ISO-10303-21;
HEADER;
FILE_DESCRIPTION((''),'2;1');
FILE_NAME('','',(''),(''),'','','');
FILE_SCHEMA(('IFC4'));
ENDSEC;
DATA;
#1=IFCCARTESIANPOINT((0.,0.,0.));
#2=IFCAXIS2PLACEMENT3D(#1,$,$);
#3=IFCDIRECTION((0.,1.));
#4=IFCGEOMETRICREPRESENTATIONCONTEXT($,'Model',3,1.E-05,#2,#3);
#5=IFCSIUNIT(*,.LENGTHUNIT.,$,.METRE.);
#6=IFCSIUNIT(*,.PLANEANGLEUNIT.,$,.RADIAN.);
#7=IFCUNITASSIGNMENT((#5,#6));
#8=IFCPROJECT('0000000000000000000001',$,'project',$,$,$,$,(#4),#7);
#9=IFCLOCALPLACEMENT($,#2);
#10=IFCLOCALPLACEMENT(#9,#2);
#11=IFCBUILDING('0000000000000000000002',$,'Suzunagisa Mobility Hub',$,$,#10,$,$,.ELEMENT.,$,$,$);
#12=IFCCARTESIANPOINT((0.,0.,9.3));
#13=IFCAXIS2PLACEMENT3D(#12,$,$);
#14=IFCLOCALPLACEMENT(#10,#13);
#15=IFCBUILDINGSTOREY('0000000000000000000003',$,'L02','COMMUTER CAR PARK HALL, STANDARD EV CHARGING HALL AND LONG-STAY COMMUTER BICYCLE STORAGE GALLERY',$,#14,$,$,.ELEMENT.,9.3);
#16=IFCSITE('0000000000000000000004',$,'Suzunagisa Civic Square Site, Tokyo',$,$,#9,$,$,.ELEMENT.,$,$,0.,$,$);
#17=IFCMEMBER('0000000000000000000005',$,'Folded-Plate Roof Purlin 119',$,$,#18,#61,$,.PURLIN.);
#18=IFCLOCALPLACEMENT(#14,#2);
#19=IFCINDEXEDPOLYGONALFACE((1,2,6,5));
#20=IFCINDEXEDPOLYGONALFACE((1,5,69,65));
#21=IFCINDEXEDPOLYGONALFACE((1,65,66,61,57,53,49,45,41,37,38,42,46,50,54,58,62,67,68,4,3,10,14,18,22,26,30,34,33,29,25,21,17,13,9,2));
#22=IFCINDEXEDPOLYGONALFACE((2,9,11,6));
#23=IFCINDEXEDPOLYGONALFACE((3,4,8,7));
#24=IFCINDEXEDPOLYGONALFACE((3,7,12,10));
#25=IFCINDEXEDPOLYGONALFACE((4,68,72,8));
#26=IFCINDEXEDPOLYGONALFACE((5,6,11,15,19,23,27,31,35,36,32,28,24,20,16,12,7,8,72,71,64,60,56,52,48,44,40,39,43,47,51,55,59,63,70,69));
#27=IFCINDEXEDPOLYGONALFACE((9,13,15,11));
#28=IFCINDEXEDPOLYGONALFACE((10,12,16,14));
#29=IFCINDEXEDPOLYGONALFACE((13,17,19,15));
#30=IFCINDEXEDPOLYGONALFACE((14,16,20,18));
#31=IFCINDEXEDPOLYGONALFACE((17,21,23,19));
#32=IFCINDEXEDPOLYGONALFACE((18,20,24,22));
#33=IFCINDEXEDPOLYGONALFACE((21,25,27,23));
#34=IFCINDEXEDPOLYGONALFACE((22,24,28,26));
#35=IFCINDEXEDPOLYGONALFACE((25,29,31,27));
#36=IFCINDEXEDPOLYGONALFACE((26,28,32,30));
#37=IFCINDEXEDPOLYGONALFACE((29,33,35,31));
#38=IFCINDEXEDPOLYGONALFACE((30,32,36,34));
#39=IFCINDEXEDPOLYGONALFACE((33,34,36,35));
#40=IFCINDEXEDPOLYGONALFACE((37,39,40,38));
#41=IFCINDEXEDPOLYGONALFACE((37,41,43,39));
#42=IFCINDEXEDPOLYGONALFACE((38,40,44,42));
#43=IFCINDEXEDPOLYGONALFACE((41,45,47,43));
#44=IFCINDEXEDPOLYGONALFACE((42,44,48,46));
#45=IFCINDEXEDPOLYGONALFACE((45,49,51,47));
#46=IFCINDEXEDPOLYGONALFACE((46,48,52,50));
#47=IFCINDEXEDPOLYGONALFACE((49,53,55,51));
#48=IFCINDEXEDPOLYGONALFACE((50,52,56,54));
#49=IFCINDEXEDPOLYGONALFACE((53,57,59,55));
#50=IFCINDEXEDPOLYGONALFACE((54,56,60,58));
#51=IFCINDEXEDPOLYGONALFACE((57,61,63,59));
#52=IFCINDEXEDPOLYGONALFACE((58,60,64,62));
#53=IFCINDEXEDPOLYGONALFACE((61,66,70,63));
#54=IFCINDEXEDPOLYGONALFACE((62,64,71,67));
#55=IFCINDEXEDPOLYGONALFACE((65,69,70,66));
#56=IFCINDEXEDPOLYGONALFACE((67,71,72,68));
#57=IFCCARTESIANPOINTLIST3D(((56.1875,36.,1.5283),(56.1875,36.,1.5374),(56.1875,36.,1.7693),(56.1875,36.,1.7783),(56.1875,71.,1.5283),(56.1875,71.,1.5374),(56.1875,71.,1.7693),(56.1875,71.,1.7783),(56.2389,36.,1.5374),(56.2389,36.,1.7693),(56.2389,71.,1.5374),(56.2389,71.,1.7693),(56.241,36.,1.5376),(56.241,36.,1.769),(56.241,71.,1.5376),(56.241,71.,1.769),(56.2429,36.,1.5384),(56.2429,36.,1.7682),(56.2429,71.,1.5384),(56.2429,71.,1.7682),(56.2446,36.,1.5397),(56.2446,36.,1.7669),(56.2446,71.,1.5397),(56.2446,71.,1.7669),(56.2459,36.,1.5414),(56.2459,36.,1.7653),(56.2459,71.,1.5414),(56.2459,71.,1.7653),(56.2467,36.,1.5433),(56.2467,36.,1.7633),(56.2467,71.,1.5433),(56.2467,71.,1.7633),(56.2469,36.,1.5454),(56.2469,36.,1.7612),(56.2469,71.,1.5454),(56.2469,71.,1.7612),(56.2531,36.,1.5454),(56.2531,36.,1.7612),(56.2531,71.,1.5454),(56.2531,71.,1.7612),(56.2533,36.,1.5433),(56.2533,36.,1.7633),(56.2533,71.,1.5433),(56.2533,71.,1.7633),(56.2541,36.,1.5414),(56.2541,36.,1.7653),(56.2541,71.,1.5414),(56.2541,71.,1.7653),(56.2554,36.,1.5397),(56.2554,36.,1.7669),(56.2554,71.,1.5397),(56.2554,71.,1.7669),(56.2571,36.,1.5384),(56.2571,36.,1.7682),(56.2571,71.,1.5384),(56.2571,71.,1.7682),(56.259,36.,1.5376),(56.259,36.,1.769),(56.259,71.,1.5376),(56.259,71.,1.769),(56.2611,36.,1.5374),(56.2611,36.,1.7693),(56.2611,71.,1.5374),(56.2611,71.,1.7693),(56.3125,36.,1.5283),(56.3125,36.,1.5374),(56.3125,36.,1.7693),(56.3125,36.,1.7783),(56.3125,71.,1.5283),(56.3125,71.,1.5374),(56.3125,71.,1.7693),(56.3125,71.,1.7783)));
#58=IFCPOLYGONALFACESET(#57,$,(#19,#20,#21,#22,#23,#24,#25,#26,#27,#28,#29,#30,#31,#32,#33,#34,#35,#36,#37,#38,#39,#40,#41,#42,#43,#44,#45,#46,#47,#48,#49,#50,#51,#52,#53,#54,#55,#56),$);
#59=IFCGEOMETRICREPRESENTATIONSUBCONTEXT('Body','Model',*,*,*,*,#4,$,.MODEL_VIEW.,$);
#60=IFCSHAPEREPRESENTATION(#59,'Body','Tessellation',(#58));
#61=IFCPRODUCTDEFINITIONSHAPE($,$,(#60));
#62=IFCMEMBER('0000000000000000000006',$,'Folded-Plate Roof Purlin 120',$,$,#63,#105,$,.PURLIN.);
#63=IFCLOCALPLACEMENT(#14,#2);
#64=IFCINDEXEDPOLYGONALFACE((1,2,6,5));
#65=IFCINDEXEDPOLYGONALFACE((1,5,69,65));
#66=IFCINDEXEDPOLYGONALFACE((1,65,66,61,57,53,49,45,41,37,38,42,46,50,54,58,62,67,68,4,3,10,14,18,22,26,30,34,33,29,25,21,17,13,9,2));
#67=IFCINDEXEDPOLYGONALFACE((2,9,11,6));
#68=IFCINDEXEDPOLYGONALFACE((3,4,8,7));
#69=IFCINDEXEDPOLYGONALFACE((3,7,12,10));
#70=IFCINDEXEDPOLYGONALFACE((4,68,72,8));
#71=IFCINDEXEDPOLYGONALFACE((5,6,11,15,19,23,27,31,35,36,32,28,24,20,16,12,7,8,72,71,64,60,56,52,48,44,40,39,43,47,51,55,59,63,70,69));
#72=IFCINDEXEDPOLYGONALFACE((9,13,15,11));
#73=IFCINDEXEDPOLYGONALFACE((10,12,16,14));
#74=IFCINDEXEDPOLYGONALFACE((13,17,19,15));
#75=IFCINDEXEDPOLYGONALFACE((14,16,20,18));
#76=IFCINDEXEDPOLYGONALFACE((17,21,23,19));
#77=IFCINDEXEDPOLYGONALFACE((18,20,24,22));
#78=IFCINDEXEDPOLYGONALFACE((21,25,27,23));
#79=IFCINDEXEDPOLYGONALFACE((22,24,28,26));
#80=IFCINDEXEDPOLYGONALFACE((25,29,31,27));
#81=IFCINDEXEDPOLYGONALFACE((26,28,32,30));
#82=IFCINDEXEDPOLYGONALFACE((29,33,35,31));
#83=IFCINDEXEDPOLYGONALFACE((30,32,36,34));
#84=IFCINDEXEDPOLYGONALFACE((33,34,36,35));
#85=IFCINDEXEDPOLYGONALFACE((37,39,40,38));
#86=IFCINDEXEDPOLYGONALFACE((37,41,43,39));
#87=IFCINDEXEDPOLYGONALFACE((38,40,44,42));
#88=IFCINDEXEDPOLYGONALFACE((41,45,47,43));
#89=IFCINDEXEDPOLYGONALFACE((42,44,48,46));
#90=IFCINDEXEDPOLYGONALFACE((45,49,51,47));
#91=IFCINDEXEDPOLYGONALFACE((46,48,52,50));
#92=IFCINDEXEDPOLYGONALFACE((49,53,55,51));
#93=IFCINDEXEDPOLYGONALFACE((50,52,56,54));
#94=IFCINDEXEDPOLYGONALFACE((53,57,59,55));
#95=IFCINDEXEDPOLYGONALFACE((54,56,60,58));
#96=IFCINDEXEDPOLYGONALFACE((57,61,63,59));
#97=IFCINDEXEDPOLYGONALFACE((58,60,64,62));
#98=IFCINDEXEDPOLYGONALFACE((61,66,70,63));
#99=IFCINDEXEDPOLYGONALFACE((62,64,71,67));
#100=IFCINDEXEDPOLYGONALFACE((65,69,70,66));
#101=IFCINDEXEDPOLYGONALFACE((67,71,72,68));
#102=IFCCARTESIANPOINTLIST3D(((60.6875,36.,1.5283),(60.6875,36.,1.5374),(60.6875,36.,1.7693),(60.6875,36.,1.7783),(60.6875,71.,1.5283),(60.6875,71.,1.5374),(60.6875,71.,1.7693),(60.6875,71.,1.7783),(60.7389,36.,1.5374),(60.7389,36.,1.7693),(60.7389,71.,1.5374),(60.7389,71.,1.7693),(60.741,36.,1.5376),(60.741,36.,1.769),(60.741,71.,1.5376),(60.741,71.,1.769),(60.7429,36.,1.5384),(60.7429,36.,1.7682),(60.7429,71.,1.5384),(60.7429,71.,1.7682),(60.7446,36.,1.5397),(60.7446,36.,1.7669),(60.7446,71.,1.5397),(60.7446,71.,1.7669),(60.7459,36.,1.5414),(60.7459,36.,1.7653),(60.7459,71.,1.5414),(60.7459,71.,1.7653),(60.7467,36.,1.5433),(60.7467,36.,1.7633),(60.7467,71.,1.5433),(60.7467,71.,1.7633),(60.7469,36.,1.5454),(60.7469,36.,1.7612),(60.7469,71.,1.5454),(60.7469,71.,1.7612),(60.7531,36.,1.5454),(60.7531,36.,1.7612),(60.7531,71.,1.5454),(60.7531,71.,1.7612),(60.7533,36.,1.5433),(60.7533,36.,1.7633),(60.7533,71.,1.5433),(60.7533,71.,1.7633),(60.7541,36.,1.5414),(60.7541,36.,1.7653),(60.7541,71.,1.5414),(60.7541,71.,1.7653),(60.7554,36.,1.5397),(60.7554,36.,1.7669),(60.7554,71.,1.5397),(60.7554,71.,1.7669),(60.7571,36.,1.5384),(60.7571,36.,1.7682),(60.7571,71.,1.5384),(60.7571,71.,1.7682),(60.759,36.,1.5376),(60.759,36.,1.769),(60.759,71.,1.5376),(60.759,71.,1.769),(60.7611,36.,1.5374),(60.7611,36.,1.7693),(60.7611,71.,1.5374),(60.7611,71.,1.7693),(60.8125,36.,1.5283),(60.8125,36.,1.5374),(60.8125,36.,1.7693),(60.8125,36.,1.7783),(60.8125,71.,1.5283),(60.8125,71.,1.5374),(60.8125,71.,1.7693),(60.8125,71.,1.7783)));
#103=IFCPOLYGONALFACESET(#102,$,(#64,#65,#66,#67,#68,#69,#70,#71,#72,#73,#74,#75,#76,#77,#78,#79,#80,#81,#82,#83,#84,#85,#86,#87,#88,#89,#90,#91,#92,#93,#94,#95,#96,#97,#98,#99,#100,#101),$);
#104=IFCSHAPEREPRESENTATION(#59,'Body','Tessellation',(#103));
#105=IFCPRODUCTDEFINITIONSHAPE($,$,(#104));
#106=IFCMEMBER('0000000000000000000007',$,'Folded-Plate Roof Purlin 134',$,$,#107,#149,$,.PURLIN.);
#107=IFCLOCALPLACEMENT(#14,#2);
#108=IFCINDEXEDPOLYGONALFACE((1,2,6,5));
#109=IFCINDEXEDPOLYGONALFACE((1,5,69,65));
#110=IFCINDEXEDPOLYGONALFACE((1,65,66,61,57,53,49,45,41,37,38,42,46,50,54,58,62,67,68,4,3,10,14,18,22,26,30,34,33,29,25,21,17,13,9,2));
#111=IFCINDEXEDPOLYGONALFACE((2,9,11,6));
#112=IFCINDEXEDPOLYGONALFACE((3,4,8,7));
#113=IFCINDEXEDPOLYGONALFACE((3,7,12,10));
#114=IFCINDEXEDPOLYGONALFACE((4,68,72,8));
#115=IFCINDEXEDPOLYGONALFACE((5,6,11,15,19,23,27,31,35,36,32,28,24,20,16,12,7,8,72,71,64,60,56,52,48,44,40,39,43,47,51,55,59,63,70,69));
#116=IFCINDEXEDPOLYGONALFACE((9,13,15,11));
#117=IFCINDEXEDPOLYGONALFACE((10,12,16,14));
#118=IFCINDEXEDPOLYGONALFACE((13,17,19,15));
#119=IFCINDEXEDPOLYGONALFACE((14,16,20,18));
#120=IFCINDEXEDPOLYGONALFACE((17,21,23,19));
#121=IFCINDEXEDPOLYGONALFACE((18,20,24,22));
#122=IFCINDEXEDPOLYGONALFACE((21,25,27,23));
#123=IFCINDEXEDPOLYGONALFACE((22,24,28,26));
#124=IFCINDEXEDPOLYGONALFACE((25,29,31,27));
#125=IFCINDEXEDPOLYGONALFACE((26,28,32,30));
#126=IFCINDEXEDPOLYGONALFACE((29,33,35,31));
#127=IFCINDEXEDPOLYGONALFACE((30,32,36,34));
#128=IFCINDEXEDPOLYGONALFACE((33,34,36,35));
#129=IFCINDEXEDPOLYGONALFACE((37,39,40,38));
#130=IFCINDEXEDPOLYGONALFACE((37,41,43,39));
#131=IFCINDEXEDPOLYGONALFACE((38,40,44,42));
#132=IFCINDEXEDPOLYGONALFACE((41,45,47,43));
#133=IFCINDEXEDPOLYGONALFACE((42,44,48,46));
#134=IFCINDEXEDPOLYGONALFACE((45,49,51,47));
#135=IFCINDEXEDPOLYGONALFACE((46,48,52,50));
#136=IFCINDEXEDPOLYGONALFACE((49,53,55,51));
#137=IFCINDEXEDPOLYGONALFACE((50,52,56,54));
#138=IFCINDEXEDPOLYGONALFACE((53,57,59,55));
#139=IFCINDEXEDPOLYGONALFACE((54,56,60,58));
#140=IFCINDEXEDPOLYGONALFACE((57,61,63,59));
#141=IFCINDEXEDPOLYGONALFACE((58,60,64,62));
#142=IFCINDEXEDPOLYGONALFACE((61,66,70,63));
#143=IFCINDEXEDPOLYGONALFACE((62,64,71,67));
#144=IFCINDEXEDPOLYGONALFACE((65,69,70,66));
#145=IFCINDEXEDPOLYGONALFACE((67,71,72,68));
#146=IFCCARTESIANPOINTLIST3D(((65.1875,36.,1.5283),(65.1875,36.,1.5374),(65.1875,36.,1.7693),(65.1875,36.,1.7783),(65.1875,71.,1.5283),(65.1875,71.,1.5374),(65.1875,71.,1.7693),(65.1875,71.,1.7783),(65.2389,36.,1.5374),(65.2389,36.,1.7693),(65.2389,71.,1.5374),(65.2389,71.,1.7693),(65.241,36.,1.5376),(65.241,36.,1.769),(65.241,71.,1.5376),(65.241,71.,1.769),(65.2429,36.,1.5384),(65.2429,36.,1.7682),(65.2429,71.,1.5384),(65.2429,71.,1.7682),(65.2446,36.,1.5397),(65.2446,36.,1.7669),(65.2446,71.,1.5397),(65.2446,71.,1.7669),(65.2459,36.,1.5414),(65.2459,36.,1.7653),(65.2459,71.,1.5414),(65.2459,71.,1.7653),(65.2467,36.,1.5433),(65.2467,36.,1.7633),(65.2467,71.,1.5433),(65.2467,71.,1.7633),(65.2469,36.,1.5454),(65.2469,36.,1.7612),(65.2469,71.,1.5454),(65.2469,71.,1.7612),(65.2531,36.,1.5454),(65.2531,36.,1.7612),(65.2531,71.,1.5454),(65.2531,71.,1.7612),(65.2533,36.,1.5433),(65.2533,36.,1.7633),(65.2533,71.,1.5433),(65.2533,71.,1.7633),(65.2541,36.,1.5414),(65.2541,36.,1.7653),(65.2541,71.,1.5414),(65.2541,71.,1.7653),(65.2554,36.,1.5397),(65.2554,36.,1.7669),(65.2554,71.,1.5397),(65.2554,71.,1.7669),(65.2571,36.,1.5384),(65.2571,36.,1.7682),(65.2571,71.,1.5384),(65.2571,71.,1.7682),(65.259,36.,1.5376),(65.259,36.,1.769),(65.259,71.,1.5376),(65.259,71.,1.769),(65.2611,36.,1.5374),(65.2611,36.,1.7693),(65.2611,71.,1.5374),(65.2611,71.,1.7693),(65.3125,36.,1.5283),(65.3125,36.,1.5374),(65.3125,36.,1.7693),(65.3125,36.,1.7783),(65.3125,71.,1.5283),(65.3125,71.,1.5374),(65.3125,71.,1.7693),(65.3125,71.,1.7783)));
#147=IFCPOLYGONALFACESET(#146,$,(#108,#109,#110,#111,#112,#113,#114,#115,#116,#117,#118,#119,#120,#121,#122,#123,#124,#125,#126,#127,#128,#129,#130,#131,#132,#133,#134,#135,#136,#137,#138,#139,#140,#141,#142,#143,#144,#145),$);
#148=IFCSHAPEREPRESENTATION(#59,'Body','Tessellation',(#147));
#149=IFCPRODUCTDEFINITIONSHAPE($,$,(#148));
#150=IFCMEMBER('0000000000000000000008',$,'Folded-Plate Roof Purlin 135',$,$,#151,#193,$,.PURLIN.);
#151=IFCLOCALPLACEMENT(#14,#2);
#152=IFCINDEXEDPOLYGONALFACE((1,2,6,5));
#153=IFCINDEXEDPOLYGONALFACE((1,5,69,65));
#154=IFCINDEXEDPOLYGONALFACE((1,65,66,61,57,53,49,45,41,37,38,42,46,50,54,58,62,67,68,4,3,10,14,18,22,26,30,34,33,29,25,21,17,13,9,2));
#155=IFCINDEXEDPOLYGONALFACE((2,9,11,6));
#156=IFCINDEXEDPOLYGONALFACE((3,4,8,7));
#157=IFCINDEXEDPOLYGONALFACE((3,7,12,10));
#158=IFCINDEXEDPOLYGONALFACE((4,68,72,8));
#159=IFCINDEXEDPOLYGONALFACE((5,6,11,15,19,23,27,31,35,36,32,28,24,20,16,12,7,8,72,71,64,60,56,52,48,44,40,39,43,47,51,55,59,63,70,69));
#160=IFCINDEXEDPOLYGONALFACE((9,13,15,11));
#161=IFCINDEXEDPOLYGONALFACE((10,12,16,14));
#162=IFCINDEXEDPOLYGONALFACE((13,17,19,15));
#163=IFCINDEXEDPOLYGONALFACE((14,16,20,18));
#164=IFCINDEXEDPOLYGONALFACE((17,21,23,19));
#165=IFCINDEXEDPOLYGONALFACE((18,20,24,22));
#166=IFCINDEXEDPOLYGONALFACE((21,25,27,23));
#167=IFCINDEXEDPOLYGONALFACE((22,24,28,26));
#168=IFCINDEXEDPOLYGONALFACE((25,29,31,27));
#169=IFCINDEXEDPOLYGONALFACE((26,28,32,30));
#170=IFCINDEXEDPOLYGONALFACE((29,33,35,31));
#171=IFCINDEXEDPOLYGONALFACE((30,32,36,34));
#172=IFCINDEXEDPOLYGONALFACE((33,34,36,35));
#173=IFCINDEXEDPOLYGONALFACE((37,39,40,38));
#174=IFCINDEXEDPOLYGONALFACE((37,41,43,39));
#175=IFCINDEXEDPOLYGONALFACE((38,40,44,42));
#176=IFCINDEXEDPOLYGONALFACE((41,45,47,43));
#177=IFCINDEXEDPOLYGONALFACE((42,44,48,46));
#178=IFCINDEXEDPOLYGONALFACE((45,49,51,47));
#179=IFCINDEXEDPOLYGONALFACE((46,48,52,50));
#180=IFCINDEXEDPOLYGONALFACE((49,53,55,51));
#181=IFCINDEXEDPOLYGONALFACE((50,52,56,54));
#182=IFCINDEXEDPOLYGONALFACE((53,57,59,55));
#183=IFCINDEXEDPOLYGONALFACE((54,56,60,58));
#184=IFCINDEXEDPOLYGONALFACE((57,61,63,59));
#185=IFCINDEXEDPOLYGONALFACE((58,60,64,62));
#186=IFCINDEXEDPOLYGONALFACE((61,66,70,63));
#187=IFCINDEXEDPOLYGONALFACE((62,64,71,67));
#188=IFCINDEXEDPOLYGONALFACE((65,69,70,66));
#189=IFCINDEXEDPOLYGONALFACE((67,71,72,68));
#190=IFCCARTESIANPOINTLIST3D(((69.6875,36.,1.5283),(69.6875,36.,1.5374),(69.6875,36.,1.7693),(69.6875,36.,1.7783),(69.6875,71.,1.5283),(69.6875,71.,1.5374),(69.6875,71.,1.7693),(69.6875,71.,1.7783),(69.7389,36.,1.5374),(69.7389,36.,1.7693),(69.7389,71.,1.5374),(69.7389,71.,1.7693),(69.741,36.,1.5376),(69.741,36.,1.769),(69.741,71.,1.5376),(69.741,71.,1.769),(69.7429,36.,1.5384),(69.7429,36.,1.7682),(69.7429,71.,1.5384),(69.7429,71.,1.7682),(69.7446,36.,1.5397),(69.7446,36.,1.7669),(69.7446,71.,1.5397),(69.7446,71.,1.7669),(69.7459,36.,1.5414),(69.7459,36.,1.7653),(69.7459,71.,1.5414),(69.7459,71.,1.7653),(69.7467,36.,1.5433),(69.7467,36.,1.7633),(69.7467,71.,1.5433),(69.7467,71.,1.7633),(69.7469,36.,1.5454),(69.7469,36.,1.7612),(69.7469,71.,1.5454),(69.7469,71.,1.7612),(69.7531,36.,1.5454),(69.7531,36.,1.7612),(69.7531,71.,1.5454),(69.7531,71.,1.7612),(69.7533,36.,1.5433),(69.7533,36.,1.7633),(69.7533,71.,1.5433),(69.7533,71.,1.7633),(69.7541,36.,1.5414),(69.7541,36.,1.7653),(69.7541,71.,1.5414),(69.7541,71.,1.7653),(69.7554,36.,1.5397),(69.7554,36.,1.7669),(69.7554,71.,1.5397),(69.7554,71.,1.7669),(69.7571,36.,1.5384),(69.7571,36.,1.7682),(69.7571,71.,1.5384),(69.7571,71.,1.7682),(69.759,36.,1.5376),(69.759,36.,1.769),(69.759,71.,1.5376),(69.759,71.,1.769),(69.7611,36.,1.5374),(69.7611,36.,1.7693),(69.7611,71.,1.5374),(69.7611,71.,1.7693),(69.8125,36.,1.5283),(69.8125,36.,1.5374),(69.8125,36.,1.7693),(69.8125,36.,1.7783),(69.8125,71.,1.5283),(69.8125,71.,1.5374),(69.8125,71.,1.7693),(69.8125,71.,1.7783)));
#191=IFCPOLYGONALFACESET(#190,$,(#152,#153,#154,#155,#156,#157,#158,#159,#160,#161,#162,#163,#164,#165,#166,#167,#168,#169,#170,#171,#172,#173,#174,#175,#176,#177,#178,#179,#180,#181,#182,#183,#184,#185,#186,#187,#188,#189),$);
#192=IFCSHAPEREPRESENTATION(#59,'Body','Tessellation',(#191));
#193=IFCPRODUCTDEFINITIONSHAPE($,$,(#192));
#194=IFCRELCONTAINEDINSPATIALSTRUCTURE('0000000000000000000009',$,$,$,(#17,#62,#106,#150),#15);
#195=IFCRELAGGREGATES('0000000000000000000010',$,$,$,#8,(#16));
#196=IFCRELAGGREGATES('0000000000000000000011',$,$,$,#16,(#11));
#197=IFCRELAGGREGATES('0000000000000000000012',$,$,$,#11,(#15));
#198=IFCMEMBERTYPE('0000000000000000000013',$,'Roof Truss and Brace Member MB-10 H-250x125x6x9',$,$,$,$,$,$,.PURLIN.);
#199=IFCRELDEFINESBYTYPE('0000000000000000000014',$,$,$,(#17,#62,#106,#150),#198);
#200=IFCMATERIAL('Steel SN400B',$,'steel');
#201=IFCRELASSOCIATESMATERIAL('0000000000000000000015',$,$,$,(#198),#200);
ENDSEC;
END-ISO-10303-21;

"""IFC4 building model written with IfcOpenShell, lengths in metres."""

from ifc_helpers import new_model, si_unit, direction, frame, origin, origin_2d, place, context, subcontext, project, spatial, i_section, extrude, material, material_profile, profile_set, type_object, element, save


model = new_model("IFC4")

# Units and contexts
model_context = context("Model", 3, precision=1e-05, world=origin(), true_north=direction((0.0, 1.0)))
body_context = subcontext(model_context, "Body", "Model", "MODEL_VIEW")
ifc_project = project(units=[si_unit("LENGTHUNIT", "METRE"), si_unit("PLANEANGLEUNIT", "RADIAN")], contexts=[model_context])

# Site, building, storey
site_placement = place(None, origin())
site = spatial("IfcSite", under=ifc_project, at=site_placement, Name="Suzunagisa Civic Square Site, Tokyo", CompositionType="ELEMENT", RefElevation=0.0)
building_placement = place(site_placement, origin())
building = spatial("IfcBuilding", under=site, at=building_placement, Name="Suzunagisa Mobility Hub", CompositionType="ELEMENT")
storey_placement = place(building_placement, frame((0.0, 0.0, 9.3)))
storey = spatial("IfcBuildingStorey", under=building, at=storey_placement, Name="L02", Description="COMMUTER CAR PARK HALL, STANDARD EV CHARGING HALL AND LONG-STAY COMMUTER BICYCLE STORAGE GALLERY", CompositionType="ELEMENT", Elevation=9.3)

# Members
ifc_material_1 = material(Name="Steel SN400B", Category="steel")
ifc_material_profile_1 = material_profile(ifc_material_1, i_section(OverallWidth=0.125, OverallDepth=0.25, WebThickness=0.0061, FlangeThickness=0.009, FilletRadius=0.0081, at=origin_2d()), Name="H-250x125x6x9")
ifc_profile_set_1 = profile_set([ifc_material_profile_1], Name="Steel SN400B")
member_type_1 = type_object("IfcMemberType", Name="Roof Truss and Brace Member MB-10 H-250x125x6x9", PredefinedType="PURLIN", material=ifc_profile_set_1)
for number, where, z_axis, x_axis, name in (
    (1, (56.25, 36.0, 1.6533), (0.0, 1.0, 0.0), (-1.0, 0.0, 0.0), "Folded-Plate Roof Purlin 119"),
    (2, (60.75, 36.0, 1.6533), (0.0, 1.0, 0.0), (-1.0, 0.0, 0.0), "Folded-Plate Roof Purlin 120"),
    (3, (65.25, 36.0, 1.6533), (0.0, 1.0, 0.0), (-1.0, 0.0, 0.0), "Folded-Plate Roof Purlin 134"),
    (4, (69.75, 36.0, 1.6533), (0.0, 1.0, 0.0), (-1.0, 0.0, 0.0), "Folded-Plate Roof Purlin 135"),
):
    element("IfcMember", number, at=place(storey_placement, frame(where, z_axis=z_axis, x_axis=x_axis)), inside=storey, type_object=member_type_1, Name=name, PredefinedType="PURLIN", context=body_context, shape_type="SweptSolid", body=[
        extrude(i_section(OverallWidth=0.125, OverallDepth=0.25, WebThickness=0.0061, FlangeThickness=0.009, FilletRadius=0.0081, at=origin_2d()), origin(), (0.0, 0.0, 1.0), 35.0),
    ])

save(model, "model.ifc")
